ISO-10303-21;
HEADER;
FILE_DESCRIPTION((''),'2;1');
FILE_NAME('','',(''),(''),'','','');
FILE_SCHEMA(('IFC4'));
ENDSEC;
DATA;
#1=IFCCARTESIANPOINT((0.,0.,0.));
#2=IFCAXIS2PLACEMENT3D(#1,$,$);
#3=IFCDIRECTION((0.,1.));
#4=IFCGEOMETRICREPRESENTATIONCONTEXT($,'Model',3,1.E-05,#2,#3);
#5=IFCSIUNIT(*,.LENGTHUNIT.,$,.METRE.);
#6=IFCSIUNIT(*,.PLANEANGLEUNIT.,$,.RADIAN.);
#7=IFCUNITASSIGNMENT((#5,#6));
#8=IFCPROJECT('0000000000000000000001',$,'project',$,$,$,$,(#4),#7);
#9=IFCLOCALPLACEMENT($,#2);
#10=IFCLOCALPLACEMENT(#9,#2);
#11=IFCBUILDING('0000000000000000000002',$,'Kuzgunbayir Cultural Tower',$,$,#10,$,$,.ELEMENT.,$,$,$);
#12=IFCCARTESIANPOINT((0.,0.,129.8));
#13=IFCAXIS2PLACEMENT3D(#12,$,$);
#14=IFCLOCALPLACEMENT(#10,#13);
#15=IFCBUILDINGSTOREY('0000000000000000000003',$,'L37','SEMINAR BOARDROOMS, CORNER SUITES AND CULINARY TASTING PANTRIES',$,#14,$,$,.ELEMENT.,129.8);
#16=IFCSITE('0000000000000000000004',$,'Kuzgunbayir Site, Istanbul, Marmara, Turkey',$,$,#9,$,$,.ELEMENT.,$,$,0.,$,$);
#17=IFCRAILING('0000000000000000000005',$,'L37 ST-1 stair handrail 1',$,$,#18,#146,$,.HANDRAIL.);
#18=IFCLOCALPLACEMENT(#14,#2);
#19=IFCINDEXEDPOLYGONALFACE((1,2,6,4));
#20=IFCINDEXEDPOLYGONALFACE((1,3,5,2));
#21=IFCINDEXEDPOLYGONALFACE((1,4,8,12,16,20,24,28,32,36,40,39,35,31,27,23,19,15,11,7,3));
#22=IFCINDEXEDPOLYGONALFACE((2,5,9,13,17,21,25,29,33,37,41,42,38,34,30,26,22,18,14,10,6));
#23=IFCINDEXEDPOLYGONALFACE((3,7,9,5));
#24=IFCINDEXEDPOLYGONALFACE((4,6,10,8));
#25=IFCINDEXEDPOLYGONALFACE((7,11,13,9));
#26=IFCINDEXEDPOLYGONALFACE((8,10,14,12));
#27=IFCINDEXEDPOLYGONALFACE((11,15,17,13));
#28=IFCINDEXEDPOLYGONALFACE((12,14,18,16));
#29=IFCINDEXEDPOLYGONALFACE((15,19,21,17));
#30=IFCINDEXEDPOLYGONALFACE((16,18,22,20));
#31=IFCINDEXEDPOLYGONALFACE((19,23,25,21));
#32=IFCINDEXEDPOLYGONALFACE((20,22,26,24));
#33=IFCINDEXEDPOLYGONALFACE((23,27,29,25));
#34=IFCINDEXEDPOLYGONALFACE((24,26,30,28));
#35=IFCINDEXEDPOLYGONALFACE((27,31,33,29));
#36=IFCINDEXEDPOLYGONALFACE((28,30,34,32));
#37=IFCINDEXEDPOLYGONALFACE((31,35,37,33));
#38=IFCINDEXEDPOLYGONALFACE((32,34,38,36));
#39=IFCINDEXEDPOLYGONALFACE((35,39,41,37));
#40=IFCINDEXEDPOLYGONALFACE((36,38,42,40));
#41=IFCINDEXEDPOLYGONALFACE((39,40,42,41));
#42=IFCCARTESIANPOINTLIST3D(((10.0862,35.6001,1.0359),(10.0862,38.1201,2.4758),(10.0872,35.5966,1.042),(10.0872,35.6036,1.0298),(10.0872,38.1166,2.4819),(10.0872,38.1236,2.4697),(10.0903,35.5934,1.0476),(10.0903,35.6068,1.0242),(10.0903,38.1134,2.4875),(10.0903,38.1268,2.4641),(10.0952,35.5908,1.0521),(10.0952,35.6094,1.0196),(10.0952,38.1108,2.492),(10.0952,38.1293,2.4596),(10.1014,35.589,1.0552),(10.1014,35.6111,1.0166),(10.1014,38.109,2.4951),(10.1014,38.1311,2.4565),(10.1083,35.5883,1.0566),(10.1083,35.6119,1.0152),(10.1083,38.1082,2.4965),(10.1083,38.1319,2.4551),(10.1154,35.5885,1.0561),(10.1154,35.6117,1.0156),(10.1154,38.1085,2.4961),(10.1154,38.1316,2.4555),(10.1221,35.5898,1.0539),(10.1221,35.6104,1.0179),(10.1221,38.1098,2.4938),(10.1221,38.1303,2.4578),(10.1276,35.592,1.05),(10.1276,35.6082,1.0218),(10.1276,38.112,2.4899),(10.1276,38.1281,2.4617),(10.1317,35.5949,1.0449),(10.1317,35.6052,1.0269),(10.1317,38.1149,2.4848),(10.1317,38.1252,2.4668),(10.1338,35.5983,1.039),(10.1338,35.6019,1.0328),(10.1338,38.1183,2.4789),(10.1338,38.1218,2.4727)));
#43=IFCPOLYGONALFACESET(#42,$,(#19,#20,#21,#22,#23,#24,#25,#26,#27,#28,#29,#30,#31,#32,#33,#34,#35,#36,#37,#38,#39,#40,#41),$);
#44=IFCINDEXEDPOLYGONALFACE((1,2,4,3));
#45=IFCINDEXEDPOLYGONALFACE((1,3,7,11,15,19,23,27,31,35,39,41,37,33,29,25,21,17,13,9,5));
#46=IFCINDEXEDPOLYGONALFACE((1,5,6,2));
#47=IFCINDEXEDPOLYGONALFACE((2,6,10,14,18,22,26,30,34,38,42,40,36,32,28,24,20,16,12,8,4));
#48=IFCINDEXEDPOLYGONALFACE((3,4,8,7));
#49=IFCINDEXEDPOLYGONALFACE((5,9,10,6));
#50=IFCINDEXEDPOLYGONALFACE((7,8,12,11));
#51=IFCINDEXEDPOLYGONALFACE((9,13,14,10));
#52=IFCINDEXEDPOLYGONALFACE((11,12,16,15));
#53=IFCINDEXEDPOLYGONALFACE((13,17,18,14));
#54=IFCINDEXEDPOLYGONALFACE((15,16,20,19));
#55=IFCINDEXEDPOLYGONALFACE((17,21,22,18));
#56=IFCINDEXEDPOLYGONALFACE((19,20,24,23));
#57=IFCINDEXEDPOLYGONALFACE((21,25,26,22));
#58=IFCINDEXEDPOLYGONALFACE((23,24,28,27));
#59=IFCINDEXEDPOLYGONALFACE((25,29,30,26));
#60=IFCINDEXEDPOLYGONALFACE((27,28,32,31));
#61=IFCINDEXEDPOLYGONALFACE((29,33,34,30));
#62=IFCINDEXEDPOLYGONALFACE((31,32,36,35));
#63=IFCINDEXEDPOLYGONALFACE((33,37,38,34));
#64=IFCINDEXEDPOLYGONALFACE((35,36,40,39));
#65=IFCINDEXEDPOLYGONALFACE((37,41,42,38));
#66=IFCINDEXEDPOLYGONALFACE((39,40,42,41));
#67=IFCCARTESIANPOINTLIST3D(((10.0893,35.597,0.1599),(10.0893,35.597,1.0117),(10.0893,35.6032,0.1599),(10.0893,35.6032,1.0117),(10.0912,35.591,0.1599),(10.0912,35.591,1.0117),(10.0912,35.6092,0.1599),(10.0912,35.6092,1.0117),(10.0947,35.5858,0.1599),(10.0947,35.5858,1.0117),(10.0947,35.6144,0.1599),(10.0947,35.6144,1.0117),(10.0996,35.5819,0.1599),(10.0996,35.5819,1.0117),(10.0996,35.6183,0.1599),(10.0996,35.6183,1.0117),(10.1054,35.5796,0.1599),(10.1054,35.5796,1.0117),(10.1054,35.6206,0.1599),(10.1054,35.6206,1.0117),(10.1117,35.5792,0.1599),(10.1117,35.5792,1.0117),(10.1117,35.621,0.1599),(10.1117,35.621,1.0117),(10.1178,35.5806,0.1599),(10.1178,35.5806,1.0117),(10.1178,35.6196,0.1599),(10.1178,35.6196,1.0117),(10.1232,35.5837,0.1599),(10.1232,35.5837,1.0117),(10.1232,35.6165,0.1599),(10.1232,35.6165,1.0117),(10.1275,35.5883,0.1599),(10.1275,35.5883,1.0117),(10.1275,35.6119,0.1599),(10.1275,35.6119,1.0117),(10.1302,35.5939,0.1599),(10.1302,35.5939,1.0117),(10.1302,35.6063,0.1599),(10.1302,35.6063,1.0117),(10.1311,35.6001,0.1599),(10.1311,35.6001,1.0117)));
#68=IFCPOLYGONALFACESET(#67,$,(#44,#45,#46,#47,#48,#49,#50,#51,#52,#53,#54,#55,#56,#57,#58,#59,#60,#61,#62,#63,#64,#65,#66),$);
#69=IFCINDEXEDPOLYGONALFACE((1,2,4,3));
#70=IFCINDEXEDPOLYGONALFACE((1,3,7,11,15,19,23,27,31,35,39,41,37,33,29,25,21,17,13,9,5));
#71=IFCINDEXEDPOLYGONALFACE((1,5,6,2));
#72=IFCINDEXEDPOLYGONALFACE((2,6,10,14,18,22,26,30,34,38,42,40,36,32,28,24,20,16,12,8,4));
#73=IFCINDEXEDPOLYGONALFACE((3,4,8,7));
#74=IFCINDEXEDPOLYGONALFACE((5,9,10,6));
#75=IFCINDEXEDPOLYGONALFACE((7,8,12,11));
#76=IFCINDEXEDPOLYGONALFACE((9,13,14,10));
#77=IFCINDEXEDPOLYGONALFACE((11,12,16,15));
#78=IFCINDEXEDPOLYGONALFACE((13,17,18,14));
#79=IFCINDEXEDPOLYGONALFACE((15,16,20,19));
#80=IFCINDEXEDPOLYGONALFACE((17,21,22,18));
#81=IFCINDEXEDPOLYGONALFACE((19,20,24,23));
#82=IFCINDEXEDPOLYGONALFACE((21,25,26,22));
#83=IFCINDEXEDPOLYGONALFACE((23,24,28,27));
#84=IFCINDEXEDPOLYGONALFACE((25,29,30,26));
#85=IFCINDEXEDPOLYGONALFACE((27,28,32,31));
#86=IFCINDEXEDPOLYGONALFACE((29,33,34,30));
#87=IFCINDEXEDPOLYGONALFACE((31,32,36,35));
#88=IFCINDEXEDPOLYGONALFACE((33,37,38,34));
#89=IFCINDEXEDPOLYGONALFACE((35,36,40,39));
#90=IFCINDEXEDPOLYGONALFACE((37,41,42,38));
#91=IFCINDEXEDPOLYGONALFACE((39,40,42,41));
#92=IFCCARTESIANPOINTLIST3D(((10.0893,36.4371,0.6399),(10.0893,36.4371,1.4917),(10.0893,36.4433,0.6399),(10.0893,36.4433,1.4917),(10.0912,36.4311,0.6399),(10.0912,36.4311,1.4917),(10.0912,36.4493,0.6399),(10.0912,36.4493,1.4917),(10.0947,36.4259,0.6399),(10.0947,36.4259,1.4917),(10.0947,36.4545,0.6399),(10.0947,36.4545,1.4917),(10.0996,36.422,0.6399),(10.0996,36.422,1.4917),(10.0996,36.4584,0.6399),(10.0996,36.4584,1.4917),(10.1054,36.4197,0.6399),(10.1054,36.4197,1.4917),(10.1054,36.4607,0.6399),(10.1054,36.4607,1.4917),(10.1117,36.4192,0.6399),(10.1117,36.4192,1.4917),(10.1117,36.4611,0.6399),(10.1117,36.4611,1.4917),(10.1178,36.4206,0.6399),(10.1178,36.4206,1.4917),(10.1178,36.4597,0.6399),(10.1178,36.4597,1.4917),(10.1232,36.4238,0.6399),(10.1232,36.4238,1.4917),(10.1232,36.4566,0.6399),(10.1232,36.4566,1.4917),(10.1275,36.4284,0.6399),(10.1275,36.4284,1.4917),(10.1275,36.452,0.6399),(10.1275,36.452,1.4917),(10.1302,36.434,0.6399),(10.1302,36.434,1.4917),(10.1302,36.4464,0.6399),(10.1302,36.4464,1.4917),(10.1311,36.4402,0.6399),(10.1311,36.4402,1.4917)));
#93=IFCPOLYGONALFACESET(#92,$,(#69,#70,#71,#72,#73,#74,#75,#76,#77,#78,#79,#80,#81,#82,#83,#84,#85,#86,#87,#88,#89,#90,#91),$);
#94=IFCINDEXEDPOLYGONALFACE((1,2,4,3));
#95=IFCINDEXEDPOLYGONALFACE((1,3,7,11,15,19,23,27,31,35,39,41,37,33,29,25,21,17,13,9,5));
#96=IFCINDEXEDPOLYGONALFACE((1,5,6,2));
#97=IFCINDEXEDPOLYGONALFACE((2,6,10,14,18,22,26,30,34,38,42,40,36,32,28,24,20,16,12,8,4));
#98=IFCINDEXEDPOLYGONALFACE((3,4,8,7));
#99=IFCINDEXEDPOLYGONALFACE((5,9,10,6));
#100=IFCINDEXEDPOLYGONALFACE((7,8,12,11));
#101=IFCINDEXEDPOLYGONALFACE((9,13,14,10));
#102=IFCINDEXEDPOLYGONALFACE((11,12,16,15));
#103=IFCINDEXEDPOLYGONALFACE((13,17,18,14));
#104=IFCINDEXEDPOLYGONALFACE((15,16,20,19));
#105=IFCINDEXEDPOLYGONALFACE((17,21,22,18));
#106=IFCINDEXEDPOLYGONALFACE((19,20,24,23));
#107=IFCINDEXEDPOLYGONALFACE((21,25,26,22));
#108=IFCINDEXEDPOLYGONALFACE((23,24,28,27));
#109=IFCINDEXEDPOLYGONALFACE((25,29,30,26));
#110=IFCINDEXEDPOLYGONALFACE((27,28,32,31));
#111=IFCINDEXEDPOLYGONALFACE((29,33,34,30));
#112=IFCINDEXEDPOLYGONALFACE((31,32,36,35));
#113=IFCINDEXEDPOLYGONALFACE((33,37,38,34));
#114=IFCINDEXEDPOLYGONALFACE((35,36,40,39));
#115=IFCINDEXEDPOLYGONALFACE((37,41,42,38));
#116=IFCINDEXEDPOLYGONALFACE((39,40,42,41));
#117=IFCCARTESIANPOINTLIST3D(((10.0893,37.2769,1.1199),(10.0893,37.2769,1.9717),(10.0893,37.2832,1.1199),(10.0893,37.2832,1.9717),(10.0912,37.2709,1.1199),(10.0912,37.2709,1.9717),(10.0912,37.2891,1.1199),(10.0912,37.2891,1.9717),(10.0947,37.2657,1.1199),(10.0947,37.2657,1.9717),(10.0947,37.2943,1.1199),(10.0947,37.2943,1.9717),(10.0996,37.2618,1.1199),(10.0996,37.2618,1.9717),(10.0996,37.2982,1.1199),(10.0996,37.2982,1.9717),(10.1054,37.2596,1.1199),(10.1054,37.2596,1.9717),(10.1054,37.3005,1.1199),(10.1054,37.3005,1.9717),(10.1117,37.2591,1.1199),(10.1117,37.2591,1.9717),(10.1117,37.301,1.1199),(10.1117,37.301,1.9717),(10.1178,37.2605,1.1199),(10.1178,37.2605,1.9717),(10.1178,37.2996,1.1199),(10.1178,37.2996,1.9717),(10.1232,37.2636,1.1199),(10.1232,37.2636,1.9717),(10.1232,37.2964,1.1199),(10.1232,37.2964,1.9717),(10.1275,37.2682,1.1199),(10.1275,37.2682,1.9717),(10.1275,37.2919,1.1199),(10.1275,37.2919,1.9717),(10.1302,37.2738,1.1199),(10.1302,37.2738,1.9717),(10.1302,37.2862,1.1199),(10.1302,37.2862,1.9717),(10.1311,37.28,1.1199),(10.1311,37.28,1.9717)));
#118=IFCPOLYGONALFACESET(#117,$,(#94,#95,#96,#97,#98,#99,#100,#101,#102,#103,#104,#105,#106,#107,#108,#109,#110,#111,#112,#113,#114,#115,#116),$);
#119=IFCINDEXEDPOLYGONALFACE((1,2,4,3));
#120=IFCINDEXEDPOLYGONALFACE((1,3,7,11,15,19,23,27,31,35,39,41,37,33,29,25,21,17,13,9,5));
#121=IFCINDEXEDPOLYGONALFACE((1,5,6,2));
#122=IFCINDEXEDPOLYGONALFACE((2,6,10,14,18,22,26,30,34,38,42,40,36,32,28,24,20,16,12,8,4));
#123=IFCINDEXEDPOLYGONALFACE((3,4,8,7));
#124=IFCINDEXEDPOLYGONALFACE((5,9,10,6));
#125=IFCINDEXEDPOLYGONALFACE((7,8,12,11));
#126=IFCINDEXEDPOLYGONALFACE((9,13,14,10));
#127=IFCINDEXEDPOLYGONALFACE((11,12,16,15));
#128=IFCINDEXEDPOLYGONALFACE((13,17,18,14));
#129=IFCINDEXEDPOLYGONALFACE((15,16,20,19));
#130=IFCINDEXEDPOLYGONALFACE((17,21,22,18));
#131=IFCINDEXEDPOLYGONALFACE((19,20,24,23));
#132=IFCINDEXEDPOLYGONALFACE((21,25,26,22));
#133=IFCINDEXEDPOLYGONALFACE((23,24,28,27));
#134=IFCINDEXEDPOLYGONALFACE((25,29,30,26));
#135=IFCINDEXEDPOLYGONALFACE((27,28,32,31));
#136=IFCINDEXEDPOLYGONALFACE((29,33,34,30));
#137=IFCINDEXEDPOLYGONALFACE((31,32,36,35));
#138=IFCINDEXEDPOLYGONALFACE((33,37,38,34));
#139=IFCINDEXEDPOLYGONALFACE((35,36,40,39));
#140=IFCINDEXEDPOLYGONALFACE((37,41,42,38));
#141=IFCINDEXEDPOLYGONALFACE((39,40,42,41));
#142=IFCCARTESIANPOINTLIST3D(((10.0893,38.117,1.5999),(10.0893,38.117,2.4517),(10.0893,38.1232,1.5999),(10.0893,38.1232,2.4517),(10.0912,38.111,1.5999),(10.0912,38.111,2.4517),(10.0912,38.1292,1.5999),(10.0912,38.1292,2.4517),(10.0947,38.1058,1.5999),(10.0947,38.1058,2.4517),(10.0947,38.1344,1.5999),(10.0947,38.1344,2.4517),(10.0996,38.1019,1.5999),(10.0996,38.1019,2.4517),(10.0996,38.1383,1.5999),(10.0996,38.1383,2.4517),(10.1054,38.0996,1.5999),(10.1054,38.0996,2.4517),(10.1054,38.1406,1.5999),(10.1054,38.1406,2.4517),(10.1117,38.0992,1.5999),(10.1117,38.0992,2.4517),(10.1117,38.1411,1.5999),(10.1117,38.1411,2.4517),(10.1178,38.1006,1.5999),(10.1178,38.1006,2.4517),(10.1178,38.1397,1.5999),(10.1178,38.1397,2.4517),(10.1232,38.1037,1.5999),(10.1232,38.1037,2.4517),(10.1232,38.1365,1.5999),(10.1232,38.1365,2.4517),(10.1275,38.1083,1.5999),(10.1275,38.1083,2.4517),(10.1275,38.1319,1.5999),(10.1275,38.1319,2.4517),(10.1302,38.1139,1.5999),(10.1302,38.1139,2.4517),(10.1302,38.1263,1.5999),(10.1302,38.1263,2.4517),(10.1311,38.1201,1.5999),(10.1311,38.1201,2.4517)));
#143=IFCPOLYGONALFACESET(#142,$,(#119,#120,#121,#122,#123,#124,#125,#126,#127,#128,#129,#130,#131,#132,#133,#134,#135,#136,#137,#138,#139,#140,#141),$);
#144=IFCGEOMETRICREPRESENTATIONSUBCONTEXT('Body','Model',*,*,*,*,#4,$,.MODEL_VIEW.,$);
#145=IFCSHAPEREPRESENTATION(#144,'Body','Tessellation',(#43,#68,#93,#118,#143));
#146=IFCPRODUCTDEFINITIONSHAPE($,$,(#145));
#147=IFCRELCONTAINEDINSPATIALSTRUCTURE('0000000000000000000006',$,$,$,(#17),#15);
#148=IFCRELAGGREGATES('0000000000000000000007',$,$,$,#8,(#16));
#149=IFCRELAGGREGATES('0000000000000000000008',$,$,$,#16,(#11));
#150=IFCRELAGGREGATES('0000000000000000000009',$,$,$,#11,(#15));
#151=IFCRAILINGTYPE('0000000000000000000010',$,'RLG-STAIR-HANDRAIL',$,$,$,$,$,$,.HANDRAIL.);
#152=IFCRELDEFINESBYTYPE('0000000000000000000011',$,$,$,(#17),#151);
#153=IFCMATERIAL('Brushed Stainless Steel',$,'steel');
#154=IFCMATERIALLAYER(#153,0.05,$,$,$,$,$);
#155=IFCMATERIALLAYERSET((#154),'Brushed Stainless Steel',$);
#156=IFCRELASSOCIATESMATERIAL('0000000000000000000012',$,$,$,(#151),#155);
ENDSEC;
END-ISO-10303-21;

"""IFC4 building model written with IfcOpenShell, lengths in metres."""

from ifc_helpers import new_model, si_unit, direction, frame, origin, origin_2d, place, context, subcontext, project, spatial, circle, extrude, material, layer, layer_set, type_object, element, save


model = new_model("IFC4")

# Units and contexts
model_context = context("Model", 3, precision=1e-05, world=origin(), true_north=direction((0.0, 1.0)))
body_context = subcontext(model_context, "Body", "Model", "MODEL_VIEW")
ifc_project = project(units=[si_unit("LENGTHUNIT", "METRE"), si_unit("PLANEANGLEUNIT", "RADIAN")], contexts=[model_context])

# Site, building, storey
site_placement = place(None, origin())
site = spatial("IfcSite", under=ifc_project, at=site_placement, Name="Kuzgunbayir Site, Istanbul, Marmara, Turkey", CompositionType="ELEMENT", RefElevation=0.0)
building_placement = place(site_placement, origin())
building = spatial("IfcBuilding", under=site, at=building_placement, Name="Kuzgunbayir Cultural Tower", CompositionType="ELEMENT")
storey_placement = place(building_placement, frame((0.0, 0.0, 129.8)))
storey = spatial("IfcBuildingStorey", under=building, at=storey_placement, Name="L37", Description="SEMINAR BOARDROOMS, CORNER SUITES AND CULINARY TASTING PANTRIES", CompositionType="ELEMENT", Elevation=129.8)

# Shared definitions
ifc_material_1 = material(Name="Brushed Stainless Steel", Category="steel")

# Railing
ifc_layer_1 = layer(ifc_material_1, 0.05)
ifc_layer_set_1 = layer_set([ifc_layer_1], Name="Brushed Stainless Steel")
railing_type = type_object("IfcRailingType", Name="RLG-STAIR-HANDRAIL", PredefinedType="HANDRAIL", material=ifc_layer_set_1)
railing_placement = place(storey_placement, frame((10.1101, 35.6001, 0.1599)))
element("IfcRailing", 1, at=railing_placement, inside=storey, type_object=railing_type, Name="L37 ST-1 stair handrail 1", PredefinedType="HANDRAIL", context=body_context, shape_type="SweptSolid", body=[
    extrude(circle(Radius=0.0239, at=origin_2d()), frame((0.0, 0.0, 0.876), z_axis=(0.0, 0.868253, 0.496121), x_axis=(-1.0, 0.0, 0.0)), (0.0, 0.0, 1.0), 2.9023),
    extrude(circle(Radius=0.021, at=origin_2d()), origin(), (0.0, 0.0, 1.0), 0.8518),
    extrude(circle(Radius=0.021, at=origin_2d()), frame((0.0, 0.8401, 0.48)), (0.0, 0.0, 1.0), 0.8518),
    extrude(circle(Radius=0.021, at=origin_2d()), frame((0.0, 1.6799, 0.96)), (0.0, 0.0, 1.0), 0.8518),
    extrude(circle(Radius=0.021, at=origin_2d()), frame((0.0, 2.52, 1.4399)), (0.0, 0.0, 1.0), 0.8518),
])

save(model, "model.ifc")
